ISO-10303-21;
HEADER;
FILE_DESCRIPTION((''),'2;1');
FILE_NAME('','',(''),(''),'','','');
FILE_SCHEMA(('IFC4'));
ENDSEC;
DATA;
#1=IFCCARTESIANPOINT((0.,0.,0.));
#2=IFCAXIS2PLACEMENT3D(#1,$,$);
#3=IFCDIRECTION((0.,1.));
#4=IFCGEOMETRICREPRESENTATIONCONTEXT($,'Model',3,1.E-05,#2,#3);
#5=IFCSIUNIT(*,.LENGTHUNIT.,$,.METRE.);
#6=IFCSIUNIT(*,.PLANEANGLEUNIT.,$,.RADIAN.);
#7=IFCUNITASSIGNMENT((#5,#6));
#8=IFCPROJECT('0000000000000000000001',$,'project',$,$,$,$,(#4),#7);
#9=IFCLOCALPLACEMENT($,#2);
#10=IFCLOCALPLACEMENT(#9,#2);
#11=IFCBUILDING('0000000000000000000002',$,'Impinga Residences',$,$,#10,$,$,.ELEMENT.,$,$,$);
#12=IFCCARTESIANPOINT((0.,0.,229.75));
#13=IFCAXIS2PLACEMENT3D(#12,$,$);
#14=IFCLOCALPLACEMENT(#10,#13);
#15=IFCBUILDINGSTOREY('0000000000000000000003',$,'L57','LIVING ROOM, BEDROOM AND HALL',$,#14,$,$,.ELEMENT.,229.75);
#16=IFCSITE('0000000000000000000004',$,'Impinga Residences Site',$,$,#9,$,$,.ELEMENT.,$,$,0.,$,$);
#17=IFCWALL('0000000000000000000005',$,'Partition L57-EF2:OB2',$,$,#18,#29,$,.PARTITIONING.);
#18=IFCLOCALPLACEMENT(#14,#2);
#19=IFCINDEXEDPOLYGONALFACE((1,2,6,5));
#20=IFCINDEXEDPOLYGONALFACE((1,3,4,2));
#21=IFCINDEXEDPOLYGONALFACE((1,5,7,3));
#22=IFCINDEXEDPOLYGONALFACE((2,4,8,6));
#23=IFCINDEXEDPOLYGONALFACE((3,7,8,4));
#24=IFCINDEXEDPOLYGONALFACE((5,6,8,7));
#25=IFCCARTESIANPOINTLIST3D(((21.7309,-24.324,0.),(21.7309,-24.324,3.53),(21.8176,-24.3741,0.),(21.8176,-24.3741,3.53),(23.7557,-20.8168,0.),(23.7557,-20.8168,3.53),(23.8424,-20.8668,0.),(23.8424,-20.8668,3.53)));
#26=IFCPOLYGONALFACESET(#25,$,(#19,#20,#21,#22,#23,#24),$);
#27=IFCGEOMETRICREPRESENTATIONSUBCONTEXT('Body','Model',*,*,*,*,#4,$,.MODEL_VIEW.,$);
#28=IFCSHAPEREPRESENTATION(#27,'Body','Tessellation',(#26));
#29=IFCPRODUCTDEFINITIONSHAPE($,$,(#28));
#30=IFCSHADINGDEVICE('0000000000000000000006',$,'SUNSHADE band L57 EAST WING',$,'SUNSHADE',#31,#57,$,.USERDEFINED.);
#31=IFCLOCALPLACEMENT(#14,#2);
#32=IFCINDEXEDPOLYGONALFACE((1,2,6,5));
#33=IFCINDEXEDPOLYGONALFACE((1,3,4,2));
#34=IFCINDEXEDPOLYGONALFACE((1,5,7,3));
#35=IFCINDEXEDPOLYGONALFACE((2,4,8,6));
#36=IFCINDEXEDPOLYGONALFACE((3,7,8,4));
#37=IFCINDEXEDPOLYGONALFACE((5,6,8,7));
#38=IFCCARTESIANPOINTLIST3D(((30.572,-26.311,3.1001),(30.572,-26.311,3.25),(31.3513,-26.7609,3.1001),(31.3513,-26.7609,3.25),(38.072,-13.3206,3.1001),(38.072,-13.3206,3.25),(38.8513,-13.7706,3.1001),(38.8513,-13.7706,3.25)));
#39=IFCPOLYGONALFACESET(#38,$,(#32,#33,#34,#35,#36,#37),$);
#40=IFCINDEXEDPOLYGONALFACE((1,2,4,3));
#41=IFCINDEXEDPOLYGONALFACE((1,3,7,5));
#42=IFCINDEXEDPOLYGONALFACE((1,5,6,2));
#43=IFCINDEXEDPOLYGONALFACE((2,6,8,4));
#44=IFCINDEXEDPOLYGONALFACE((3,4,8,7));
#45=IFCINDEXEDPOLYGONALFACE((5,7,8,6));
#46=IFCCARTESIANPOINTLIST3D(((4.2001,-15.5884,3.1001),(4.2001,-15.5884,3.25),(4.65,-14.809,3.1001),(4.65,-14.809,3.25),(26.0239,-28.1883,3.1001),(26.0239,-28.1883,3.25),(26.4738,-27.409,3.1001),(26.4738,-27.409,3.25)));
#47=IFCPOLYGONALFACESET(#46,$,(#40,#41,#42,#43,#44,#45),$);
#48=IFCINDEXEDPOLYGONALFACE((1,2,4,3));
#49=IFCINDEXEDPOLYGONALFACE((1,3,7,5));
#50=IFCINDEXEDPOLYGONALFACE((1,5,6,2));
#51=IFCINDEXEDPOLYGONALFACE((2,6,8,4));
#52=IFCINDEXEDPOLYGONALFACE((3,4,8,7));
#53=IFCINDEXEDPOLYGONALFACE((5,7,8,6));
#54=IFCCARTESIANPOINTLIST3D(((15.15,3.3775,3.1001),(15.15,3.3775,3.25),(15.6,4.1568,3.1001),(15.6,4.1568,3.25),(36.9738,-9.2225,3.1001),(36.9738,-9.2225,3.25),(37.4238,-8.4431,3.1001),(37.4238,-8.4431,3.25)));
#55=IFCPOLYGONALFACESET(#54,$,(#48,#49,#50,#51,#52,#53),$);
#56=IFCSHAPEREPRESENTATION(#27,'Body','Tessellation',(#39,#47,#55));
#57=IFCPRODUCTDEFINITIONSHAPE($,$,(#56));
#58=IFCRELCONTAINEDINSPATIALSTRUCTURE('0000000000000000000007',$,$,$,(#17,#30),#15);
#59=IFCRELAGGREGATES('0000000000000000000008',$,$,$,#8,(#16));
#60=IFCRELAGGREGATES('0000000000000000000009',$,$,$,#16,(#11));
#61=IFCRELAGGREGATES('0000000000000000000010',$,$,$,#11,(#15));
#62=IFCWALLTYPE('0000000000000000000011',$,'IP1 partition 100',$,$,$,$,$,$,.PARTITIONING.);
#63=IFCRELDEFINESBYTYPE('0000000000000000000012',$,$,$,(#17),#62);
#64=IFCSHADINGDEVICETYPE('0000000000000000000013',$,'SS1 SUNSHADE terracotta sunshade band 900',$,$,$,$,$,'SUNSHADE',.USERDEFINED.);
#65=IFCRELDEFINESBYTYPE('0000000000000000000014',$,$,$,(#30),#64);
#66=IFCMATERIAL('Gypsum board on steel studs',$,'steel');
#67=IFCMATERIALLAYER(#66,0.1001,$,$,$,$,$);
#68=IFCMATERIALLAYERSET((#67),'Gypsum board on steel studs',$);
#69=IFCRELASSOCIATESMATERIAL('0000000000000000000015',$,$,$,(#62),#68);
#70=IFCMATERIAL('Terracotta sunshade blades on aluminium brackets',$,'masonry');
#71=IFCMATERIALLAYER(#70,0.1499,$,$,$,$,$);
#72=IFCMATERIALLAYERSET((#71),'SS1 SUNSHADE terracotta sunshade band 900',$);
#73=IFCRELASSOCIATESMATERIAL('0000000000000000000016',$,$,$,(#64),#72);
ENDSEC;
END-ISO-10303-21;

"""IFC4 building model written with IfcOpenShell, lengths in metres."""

from ifc_helpers import new_model, si_unit, direction, frame, frame_2d, origin, origin_2d, place, context, subcontext, project, spatial, rectangle, extrude, material, layer, layer_set, type_object, element, save


model = new_model("IFC4")

# Units and contexts
model_context = context("Model", 3, precision=1e-05, world=origin(), true_north=direction((0.0, 1.0)))
body_context = subcontext(model_context, "Body", "Model", "MODEL_VIEW")
ifc_project = project(units=[si_unit("LENGTHUNIT", "METRE"), si_unit("PLANEANGLEUNIT", "RADIAN")], contexts=[model_context])

# Site, building, storey
site_placement = place(None, origin())
site = spatial("IfcSite", under=ifc_project, at=site_placement, Name="Impinga Residences Site", CompositionType="ELEMENT", RefElevation=0.0)
building_placement = place(site_placement, origin())
building = spatial("IfcBuilding", under=site, at=building_placement, Name="Impinga Residences", CompositionType="ELEMENT")
storey_placement = place(building_placement, frame((0.0, 0.0, 229.75)))
storey = spatial("IfcBuildingStorey", under=building, at=storey_placement, Name="L57", Description="LIVING ROOM, BEDROOM AND HALL", CompositionType="ELEMENT", Elevation=229.75)

# Shared definitions
ifc_material_1 = material(Name="Gypsum board on steel studs", Category="steel")
ifc_layer_1 = layer(ifc_material_1, 0.1001)
ifc_layer_set_1 = layer_set([ifc_layer_1], Name="Gypsum board on steel studs")
wall_type_1 = type_object("IfcWallType", Name="IP1 partition 100", PredefinedType="PARTITIONING", material=ifc_layer_set_1)

# Wall
wall_1_placement = place(storey_placement, frame((23.7991, -20.8418, 0.0), z_axis=(0.0, 0.0, 1.0), x_axis=(-0.49999, -0.866031, 0.0)))
element("IfcWall", 1, at=wall_1_placement, inside=storey, type_object=wall_type_1, Name="Partition L57-EF2:OB2", PredefinedType="PARTITIONING", context=body_context, shape_type="SweptSolid", body=[
    extrude(rectangle(XDim=4.0498, YDim=0.1001, at=frame_2d((2.0249, 0.0))), origin(), (0.0, 0.0, 1.0), 3.53),
])

# Shading device
ifc_material_2 = material(Name="Terracotta sunshade blades on aluminium brackets", Category="masonry")
ifc_layer_2 = layer(ifc_material_2, 0.1499)
ifc_layer_set_2 = layer_set([ifc_layer_2], Name="SS1 SUNSHADE terracotta sunshade band 900")
shading_device_type = type_object("IfcShadingDeviceType", Name="SS1 SUNSHADE terracotta sunshade band 900", ElementType="SUNSHADE", PredefinedType="USERDEFINED", material=ifc_layer_set_2)
shading_device_placement = place(storey_placement, frame((34.7117, -20.0408, 3.1001), z_axis=(0.0, 0.0, 1.0), x_axis=(-0.5, -0.866025, 0.0)))
element("IfcShadingDevice", 2, at=shading_device_placement, inside=storey, type_object=shading_device_type, Name="SUNSHADE band L57 EAST WING", ObjectType="SUNSHADE", PredefinedType="USERDEFINED", context=body_context, shape_type="SweptSolid", body=[
    extrude(rectangle(XDim=15.0, YDim=0.8999, at=origin_2d()), origin(), (0.0, 0.0, 1.0), 0.1499),
    extrude(rectangle(XDim=25.2, YDim=0.8999, at=origin_2d()), frame((10.95, -16.05, 0.0), z_axis=(0.0, 0.0, 1.0), x_axis=(0.0, -1.0, 0.0)), (0.0, 0.0, 1.0), 0.1499),
    extrude(rectangle(XDim=25.2, YDim=0.8999, at=origin_2d()), frame((-10.95, -16.05, 0.0), z_axis=(0.0, 0.0, 1.0), x_axis=(0.0, 1.0, 0.0)), (0.0, 0.0, 1.0), 0.1499),
])

save(model, "model.ifc")
